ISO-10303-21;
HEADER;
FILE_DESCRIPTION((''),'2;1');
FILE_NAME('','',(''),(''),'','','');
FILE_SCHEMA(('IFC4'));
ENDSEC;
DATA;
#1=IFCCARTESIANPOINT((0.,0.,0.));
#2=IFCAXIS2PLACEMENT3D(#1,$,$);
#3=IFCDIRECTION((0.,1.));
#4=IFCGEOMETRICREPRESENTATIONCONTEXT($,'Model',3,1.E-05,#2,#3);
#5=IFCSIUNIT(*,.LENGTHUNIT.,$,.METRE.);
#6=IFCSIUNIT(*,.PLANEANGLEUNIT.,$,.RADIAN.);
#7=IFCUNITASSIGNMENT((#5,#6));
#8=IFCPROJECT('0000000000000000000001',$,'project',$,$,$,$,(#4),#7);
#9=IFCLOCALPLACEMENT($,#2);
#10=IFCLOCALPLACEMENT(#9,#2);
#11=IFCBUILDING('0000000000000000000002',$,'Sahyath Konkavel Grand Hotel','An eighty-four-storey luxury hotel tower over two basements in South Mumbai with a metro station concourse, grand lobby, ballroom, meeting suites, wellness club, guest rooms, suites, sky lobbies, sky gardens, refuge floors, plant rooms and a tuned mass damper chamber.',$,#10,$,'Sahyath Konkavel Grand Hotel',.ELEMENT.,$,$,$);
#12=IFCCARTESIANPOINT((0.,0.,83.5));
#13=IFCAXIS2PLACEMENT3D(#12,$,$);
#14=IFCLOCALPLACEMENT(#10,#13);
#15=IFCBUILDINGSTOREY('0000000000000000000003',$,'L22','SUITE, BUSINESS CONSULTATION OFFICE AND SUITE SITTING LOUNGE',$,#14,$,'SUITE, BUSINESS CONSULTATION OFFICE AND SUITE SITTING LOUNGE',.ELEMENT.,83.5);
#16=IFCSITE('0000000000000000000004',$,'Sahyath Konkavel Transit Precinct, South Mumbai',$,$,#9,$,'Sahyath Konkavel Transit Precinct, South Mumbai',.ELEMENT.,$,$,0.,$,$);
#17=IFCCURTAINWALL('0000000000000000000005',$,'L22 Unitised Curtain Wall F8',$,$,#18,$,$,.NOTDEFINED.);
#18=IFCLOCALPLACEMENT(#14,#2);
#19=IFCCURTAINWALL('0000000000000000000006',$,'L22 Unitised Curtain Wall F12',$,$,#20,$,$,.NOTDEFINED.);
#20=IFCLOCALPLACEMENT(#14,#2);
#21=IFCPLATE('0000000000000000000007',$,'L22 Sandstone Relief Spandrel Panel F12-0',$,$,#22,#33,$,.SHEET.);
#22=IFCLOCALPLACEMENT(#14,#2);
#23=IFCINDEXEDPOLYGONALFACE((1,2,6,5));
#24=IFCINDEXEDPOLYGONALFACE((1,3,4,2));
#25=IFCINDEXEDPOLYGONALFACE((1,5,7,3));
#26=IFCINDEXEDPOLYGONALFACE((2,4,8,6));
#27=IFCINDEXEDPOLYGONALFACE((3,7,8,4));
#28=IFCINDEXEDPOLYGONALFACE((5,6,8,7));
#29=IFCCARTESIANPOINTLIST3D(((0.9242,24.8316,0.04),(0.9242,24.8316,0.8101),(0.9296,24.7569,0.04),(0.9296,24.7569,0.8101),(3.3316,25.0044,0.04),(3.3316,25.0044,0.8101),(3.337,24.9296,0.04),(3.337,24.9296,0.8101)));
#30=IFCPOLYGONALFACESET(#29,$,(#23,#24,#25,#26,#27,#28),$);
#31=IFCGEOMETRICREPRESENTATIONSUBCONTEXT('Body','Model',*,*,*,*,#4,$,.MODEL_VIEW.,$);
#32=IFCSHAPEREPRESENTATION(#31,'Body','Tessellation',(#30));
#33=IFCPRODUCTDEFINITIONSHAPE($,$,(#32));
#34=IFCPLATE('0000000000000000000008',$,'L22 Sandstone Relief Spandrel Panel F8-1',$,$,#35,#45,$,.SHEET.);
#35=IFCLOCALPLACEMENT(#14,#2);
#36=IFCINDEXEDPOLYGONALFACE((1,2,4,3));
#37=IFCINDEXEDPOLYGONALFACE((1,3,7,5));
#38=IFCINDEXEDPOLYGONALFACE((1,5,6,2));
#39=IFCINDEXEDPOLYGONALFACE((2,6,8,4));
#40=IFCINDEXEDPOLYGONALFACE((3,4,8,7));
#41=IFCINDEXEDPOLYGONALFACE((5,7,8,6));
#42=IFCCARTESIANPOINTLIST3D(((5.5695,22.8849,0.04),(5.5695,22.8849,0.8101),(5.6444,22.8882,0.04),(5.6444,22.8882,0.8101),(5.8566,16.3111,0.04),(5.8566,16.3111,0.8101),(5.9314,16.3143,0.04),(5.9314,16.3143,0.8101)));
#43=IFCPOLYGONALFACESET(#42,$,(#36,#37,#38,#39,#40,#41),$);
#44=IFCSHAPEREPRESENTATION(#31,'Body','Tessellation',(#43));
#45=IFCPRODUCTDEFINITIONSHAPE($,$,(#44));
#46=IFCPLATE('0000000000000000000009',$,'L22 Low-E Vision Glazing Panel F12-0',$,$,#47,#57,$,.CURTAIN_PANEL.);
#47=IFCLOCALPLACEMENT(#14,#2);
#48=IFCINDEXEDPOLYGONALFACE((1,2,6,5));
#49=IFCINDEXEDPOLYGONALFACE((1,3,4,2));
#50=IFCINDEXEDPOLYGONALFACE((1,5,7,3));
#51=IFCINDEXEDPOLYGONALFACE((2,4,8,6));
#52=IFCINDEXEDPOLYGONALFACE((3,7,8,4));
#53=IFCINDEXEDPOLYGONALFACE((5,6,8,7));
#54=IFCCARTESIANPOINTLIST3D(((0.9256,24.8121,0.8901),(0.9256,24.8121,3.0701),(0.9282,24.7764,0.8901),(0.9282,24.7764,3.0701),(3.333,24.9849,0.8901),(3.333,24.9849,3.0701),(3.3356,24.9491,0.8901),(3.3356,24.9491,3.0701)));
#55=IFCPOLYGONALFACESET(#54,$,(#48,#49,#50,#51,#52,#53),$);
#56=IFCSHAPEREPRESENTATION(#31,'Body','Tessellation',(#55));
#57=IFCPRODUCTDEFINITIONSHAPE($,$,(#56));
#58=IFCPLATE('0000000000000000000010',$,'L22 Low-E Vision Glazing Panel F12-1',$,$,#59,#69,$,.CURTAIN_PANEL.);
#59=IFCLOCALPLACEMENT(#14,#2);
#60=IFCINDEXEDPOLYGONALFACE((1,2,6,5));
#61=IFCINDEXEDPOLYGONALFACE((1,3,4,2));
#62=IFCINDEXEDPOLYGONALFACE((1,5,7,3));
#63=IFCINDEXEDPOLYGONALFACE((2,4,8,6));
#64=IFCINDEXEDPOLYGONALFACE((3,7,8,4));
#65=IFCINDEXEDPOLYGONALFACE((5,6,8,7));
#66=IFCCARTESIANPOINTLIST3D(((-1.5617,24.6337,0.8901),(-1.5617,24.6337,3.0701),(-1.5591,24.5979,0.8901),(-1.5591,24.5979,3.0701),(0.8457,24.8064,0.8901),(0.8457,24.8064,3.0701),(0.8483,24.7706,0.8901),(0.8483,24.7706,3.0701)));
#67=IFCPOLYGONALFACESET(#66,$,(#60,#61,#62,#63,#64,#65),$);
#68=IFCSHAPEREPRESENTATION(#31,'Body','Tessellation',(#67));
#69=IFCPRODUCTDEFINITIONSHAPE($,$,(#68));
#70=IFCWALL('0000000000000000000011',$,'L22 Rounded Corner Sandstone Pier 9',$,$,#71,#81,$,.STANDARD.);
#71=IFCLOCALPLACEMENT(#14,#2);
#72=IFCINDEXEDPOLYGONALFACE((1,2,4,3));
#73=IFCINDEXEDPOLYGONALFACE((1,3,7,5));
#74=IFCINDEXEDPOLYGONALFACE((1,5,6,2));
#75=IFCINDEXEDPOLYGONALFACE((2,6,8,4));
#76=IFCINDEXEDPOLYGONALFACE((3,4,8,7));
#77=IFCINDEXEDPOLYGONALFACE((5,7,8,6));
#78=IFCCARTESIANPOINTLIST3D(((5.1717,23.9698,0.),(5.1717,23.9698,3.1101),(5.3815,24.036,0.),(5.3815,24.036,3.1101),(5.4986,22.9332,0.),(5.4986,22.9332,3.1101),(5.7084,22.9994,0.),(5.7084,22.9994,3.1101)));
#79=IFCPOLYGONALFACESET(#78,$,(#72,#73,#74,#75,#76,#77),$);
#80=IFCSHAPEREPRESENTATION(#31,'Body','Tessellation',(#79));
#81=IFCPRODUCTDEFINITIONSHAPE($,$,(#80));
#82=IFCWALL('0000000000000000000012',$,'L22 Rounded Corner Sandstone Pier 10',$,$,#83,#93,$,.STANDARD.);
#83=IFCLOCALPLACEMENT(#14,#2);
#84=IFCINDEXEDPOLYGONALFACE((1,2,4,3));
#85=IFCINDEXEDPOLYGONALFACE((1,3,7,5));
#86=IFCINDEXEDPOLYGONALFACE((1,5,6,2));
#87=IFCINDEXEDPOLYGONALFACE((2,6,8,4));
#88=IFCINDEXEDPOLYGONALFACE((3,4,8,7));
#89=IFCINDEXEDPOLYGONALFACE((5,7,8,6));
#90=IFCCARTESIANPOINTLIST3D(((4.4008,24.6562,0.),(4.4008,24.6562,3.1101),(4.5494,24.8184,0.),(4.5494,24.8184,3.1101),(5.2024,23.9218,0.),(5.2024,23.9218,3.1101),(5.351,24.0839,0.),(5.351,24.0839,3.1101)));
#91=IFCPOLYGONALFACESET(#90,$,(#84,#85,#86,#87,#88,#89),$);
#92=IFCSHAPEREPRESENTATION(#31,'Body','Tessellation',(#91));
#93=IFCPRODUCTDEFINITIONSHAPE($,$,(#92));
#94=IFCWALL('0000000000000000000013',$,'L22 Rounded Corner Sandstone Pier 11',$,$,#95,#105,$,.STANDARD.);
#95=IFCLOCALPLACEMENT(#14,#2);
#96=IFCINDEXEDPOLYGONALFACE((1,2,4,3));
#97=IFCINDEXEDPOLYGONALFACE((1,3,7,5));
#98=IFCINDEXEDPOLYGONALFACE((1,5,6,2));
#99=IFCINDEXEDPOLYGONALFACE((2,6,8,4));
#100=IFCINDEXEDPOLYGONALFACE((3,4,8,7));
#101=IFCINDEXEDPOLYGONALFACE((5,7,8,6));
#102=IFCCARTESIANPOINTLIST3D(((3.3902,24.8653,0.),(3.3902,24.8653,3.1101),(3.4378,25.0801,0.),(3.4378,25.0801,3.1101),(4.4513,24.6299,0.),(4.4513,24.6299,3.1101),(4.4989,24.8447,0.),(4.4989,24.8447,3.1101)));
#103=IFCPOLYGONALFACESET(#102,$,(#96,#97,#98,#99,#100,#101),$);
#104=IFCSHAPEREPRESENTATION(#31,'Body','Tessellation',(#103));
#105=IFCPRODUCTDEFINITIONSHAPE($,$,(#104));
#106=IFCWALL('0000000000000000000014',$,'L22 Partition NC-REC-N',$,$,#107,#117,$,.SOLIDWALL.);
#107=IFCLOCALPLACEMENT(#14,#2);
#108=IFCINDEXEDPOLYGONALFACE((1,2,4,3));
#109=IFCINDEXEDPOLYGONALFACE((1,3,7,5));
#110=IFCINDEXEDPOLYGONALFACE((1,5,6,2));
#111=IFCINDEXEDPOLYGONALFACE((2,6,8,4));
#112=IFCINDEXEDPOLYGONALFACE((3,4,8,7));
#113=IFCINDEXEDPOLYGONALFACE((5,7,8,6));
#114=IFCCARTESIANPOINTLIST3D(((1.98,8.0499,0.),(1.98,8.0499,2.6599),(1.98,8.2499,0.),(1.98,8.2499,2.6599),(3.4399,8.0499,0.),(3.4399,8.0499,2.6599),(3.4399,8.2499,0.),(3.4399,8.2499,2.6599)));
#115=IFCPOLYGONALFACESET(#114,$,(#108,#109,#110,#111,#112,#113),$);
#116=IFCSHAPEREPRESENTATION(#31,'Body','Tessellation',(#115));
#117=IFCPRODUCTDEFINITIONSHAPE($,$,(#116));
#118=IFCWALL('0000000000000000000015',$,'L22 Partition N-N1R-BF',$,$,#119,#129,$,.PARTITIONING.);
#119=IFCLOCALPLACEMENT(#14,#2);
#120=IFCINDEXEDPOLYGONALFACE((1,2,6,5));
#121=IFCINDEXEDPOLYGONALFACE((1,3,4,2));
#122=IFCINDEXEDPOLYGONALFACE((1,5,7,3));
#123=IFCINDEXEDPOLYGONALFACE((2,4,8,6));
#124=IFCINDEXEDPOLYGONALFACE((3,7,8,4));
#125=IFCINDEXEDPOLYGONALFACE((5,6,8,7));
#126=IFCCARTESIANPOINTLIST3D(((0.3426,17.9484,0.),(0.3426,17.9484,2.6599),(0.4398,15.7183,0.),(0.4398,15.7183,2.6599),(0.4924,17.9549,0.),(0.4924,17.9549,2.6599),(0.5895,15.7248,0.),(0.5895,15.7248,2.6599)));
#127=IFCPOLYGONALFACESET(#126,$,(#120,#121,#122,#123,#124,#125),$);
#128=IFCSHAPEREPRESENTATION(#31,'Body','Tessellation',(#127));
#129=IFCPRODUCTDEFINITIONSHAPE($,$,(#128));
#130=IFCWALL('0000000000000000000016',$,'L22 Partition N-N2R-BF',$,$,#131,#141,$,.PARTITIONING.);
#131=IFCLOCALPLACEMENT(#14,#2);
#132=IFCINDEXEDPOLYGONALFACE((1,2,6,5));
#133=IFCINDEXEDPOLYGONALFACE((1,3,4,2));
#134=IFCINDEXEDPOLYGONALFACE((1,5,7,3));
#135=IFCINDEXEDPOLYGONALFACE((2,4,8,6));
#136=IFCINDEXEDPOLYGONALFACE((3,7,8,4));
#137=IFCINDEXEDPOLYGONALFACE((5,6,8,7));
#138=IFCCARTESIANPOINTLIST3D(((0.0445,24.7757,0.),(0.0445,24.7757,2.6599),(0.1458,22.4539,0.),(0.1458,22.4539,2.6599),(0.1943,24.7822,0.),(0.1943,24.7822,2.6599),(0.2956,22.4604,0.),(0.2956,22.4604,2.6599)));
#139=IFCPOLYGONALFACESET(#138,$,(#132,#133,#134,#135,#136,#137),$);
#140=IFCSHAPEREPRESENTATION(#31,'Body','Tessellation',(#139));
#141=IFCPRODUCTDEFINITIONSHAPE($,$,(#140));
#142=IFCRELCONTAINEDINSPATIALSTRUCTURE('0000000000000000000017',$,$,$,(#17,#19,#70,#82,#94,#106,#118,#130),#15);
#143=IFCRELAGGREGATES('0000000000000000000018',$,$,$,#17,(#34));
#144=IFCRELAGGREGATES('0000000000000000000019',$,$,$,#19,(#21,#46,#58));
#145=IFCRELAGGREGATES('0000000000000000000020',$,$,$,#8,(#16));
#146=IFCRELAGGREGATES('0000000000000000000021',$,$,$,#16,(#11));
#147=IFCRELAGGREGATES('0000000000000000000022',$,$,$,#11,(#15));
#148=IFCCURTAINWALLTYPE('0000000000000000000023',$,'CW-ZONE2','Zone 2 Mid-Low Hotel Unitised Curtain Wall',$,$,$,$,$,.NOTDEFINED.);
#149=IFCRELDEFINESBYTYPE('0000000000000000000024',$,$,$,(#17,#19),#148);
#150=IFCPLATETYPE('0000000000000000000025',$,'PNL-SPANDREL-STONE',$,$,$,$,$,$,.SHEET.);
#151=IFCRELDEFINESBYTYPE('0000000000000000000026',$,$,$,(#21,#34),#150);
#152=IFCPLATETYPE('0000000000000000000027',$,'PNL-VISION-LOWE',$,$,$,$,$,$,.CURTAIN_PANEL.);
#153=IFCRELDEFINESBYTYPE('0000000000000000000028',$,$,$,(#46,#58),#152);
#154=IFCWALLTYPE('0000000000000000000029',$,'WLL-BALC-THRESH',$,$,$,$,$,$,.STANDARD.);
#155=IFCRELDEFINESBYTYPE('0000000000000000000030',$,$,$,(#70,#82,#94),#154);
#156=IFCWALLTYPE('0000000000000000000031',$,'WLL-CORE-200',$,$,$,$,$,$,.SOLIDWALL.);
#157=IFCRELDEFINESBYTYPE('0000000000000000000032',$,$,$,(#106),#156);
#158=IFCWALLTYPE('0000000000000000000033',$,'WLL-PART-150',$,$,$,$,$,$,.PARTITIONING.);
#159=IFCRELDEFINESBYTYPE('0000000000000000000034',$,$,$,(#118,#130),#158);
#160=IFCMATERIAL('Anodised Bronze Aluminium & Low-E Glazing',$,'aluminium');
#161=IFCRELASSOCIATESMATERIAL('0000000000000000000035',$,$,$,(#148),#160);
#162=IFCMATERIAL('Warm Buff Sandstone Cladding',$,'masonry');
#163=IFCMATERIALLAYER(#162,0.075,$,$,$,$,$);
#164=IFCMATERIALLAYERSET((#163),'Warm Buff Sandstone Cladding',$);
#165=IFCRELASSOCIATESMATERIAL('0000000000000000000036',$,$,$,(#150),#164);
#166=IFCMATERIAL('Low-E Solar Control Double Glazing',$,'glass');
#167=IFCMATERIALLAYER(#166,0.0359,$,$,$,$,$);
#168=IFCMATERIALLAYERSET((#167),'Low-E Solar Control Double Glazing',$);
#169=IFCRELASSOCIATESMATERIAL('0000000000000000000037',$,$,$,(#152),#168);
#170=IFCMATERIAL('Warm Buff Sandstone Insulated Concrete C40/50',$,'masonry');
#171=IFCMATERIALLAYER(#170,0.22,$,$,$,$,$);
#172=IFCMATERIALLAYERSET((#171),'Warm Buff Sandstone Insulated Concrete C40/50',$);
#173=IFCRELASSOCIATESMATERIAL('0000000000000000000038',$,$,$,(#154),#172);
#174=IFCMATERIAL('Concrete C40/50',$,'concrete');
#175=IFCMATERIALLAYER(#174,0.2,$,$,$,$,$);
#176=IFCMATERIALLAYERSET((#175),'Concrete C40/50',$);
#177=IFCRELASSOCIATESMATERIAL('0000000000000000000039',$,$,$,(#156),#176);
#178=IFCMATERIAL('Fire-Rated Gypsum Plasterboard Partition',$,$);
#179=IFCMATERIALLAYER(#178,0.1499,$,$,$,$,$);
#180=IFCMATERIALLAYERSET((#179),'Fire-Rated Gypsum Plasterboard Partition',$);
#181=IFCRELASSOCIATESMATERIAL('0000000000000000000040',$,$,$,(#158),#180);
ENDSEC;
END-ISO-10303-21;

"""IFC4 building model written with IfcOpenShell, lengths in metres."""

from ifc_helpers import new_model, si_unit, direction, frame, frame_2d, origin, origin_2d, place, context, subcontext, project, spatial, rectangle, extrude, source, transform, mapped, material, layer, layer_set, type_object, element, aggregate, save


model = new_model("IFC4")

# Units and contexts
model_context = context("Model", 3, precision=1e-05, world=origin(), true_north=direction((0.0, 1.0)))
body_context = subcontext(model_context, "Body", "Model", "MODEL_VIEW")
ifc_project = project(units=[si_unit("LENGTHUNIT", "METRE"), si_unit("PLANEANGLEUNIT", "RADIAN")], contexts=[model_context])

# Site, building, storey
site_placement = place(None, origin())
site = spatial("IfcSite", under=ifc_project, at=site_placement, Name="Sahyath Konkavel Transit Precinct, South Mumbai", LongName="Sahyath Konkavel Transit Precinct, South Mumbai", CompositionType="ELEMENT", RefElevation=0.0)
building_placement = place(site_placement, origin())
building = spatial("IfcBuilding", under=site, at=building_placement, Name="Sahyath Konkavel Grand Hotel", Description="An eighty-four-storey luxury hotel tower over two basements in South Mumbai with a metro station concourse, grand lobby, ballroom, meeting suites, wellness club, guest rooms, suites, sky lobbies, sky gardens, refuge floors, plant rooms and a tuned mass damper chamber.", LongName="Sahyath Konkavel Grand Hotel", CompositionType="ELEMENT")
storey_placement = place(building_placement, frame((0.0, 0.0, 83.5)))
storey = spatial("IfcBuildingStorey", under=building, at=storey_placement, Name="L22", Description="SUITE, BUSINESS CONSULTATION OFFICE AND SUITE SITTING LOUNGE", LongName="SUITE, BUSINESS CONSULTATION OFFICE AND SUITE SITTING LOUNGE", CompositionType="ELEMENT", Elevation=83.5)

# Curtain wall
ifc_material_1 = material(Name="Anodised Bronze Aluminium & Low-E Glazing", Category="aluminium")
curtain_wall_type = type_object("IfcCurtainWallType", Name="CW-ZONE2", Description="Zone 2 Mid-Low Hotel Unitised Curtain Wall", PredefinedType="NOTDEFINED", material=ifc_material_1)
curtain_wall_1_placement = place(storey_placement, origin())
curtain_wall_1 = element("IfcCurtainWall", 1, at=curtain_wall_1_placement, inside=storey, type_object=curtain_wall_type, Name="L22 Unitised Curtain Wall F8", PredefinedType="NOTDEFINED")

# Curtain wall, plate
curtain_wall_2_placement = place(storey_placement, origin())
curtain_wall_2 = element("IfcCurtainWall", 2, at=curtain_wall_2_placement, inside=storey, type_object=curtain_wall_type, Name="L22 Unitised Curtain Wall F12", PredefinedType="NOTDEFINED")
ifc_material_2 = material(Name="Warm Buff Sandstone Cladding", Category="masonry")
ifc_layer_1 = layer(ifc_material_2, 0.075)
ifc_layer_set_1 = layer_set([ifc_layer_1], Name="Warm Buff Sandstone Cladding")
plate_type_1 = type_object("IfcPlateType", Name="PNL-SPANDREL-STONE", PredefinedType="SHEET", material=ifc_layer_set_1)
shared_shape_1 = source(origin(), body_context, "Body", "SweptSolid", [
    extrude(rectangle(XDim=2.4136, YDim=0.075, at=origin_2d()), origin(), (0.0, 0.0, 1.0), 0.77),
])
plate_1_placement = place(storey_placement, frame((2.1306, 24.8806, 0.04), z_axis=(0.0, 0.0, 1.0), x_axis=(-0.997436, -0.071567, 0.0)))
plate_1 = element("IfcPlate", 3, at=plate_1_placement, type_object=plate_type_1, Name="L22 Sandstone Relief Spandrel Panel F12-0", PredefinedType="SHEET", context=body_context, shape_type="MappedRepresentation", body=[
    mapped(shared_shape_1, transform((0.0, 0.0, 0.0), scale=1.0)),
])

# Plates
shared_shape_2 = source(origin(), body_context, "Body", "SweptSolid", [
    extrude(rectangle(XDim=6.5801, YDim=0.075, at=origin_2d()), origin(), (0.0, 0.0, 1.0), 0.77),
])
plate_2_placement = place(storey_placement, frame((5.7505, 19.5996, 0.04), z_axis=(0.0, 0.0, 1.0), x_axis=(-0.043619, 0.999048, 0.0)))
plate_2 = element("IfcPlate", 4, at=plate_2_placement, type_object=plate_type_1, Name="L22 Sandstone Relief Spandrel Panel F8-1", PredefinedType="SHEET", context=body_context, shape_type="MappedRepresentation", body=[
    mapped(shared_shape_2, transform((0.0, 0.0, 0.0), scale=1.0)),
])
aggregate(curtain_wall_1, [plate_2])
ifc_material_3 = material(Name="Low-E Solar Control Double Glazing", Category="glass")
ifc_layer_2 = layer(ifc_material_3, 0.0359)
ifc_layer_set_2 = layer_set([ifc_layer_2], Name="Low-E Solar Control Double Glazing")
plate_type_2 = type_object("IfcPlateType", Name="PNL-VISION-LOWE", PredefinedType="CURTAIN_PANEL", material=ifc_layer_set_2)
shared_shape_3 = source(origin(), body_context, "Body", "SweptSolid", [
    extrude(rectangle(XDim=2.4136, YDim=0.0359, at=origin_2d()), origin(), (0.0, 0.0, 1.0), 2.1799),
])
plate_3_placement = place(storey_placement, frame((2.1306, 24.8806, 0.8901), z_axis=(0.0, 0.0, 1.0), x_axis=(-0.997436, -0.071567, 0.0)))
plate_3 = element("IfcPlate", 5, at=plate_3_placement, type_object=plate_type_2, Name="L22 Low-E Vision Glazing Panel F12-0", PredefinedType="CURTAIN_PANEL", context=body_context, shape_type="MappedRepresentation", body=[
    mapped(shared_shape_3, transform((0.0, 0.0, 0.0), scale=1.0)),
])
plate_4_placement = place(storey_placement, frame((-0.3567, 24.7021, 0.8901), z_axis=(0.0, 0.0, 1.0), x_axis=(-0.997436, -0.071567, 0.0)))
plate_4 = element("IfcPlate", 6, at=plate_4_placement, type_object=plate_type_2, Name="L22 Low-E Vision Glazing Panel F12-1", PredefinedType="CURTAIN_PANEL", context=body_context, shape_type="MappedRepresentation", body=[
    mapped(shared_shape_3, transform((0.0, 0.0, 0.0), scale=1.0)),
])
aggregate(curtain_wall_2, [plate_1, plate_3, plate_4])

# Walls
ifc_material_4 = material(Name="Warm Buff Sandstone Insulated Concrete C40/50", Category="masonry")
ifc_layer_3 = layer(ifc_material_4, 0.22)
ifc_layer_set_3 = layer_set([ifc_layer_3], Name="Warm Buff Sandstone Insulated Concrete C40/50")
wall_type_1 = type_object("IfcWallType", Name="WLL-BALC-THRESH", PredefinedType="STANDARD", material=ifc_layer_set_3)
wall_1_placement = place(storey_placement, frame((5.6035, 22.9663, 0.0), z_axis=(0.0, 0.0, 1.0), x_axis=(-0.300755, 0.953701, 0.0)))
element("IfcWall", 7, at=wall_1_placement, inside=storey, type_object=wall_type_1, Name="L22 Rounded Corner Sandstone Pier 9", PredefinedType="STANDARD", context=body_context, shape_type="SweptSolid", body=[
    extrude(rectangle(XDim=1.0869, YDim=0.22, at=frame_2d((0.5435, 0.0))), origin(), (0.0, 0.0, 1.0), 3.1101),
])
wall_2_placement = place(storey_placement, frame((5.2766, 24.0029, 0.0), z_axis=(0.0, 0.0, 1.0), x_axis=(-0.737313, 0.675552, 0.0)))
element("IfcWall", 8, at=wall_2_placement, inside=storey, type_object=wall_type_1, Name="L22 Rounded Corner Sandstone Pier 10", PredefinedType="STANDARD", context=body_context, shape_type="SweptSolid", body=[
    extrude(rectangle(XDim=1.0872, YDim=0.22, at=frame_2d((0.5435, 0.0))), origin(), (0.0, 0.0, 1.0), 3.1101),
])
wall_3_placement = place(storey_placement, frame((4.4751, 24.7373, 0.0), z_axis=(0.0, 0.0, 1.0), x_axis=(-0.976272, 0.21655, 0.0)))
element("IfcWall", 9, at=wall_3_placement, inside=storey, type_object=wall_type_1, Name="L22 Rounded Corner Sandstone Pier 11", PredefinedType="STANDARD", context=body_context, shape_type="SweptSolid", body=[
    extrude(rectangle(XDim=1.0869, YDim=0.22, at=frame_2d((0.5435, 0.0))), origin(), (0.0, 0.0, 1.0), 3.1101),
])
ifc_material_5 = material(Name="Concrete C40/50", Category="concrete")
ifc_layer_4 = layer(ifc_material_5, 0.2)
ifc_layer_set_4 = layer_set([ifc_layer_4], Name="Concrete C40/50")
wall_type_2 = type_object("IfcWallType", Name="WLL-CORE-200", PredefinedType="SOLIDWALL", material=ifc_layer_set_4)
wall_4_placement = place(storey_placement, frame((1.98, 8.1499, 0.0), z_axis=(0.0, 0.0, 1.0), x_axis=(1.0, 0.0, 0.0)))
element("IfcWall", 10, at=wall_4_placement, inside=storey, type_object=wall_type_2, Name="L22 Partition NC-REC-N", PredefinedType="SOLIDWALL", context=body_context, shape_type="SweptSolid", body=[
    extrude(rectangle(XDim=1.46, YDim=0.2, at=frame_2d((0.73, 0.0))), origin(), (0.0, 0.0, 1.0), 2.6599),
])
ifc_material_6 = material(Name="Fire-Rated Gypsum Plasterboard Partition")
ifc_layer_5 = layer(ifc_material_6, 0.1499)
ifc_layer_set_5 = layer_set([ifc_layer_5], Name="Fire-Rated Gypsum Plasterboard Partition")
wall_type_3 = type_object("IfcWallType", Name="WLL-PART-150", PredefinedType="PARTITIONING", material=ifc_layer_set_5)
wall_5_placement = place(storey_placement, frame((0.5146, 15.7214, 0.0), z_axis=(0.0, 0.0, 1.0), x_axis=(-0.043532, 0.999052, 0.0)))
element("IfcWall", 11, at=wall_5_placement, inside=storey, type_object=wall_type_3, Name="L22 Partition N-N1R-BF", PredefinedType="PARTITIONING", context=body_context, shape_type="SweptSolid", body=[
    extrude(rectangle(XDim=2.2322, YDim=0.1499, at=frame_2d((1.1162, 0.0))), origin(), (0.0, 0.0, 1.0), 2.6599),
])
wall_6_placement = place(storey_placement, frame((0.2207, 22.457, 0.0), z_axis=(0.0, 0.0, 1.0), x_axis=(-0.043597, 0.999049, 0.0)))
element("IfcWall", 12, at=wall_6_placement, inside=storey, type_object=wall_type_3, Name="L22 Partition N-N2R-BF", PredefinedType="PARTITIONING", context=body_context, shape_type="SweptSolid", body=[
    extrude(rectangle(XDim=2.324, YDim=0.1499, at=frame_2d((1.1621, 0.0))), origin(), (0.0, 0.0, 1.0), 2.6599),
])

save(model, "model.ifc")
